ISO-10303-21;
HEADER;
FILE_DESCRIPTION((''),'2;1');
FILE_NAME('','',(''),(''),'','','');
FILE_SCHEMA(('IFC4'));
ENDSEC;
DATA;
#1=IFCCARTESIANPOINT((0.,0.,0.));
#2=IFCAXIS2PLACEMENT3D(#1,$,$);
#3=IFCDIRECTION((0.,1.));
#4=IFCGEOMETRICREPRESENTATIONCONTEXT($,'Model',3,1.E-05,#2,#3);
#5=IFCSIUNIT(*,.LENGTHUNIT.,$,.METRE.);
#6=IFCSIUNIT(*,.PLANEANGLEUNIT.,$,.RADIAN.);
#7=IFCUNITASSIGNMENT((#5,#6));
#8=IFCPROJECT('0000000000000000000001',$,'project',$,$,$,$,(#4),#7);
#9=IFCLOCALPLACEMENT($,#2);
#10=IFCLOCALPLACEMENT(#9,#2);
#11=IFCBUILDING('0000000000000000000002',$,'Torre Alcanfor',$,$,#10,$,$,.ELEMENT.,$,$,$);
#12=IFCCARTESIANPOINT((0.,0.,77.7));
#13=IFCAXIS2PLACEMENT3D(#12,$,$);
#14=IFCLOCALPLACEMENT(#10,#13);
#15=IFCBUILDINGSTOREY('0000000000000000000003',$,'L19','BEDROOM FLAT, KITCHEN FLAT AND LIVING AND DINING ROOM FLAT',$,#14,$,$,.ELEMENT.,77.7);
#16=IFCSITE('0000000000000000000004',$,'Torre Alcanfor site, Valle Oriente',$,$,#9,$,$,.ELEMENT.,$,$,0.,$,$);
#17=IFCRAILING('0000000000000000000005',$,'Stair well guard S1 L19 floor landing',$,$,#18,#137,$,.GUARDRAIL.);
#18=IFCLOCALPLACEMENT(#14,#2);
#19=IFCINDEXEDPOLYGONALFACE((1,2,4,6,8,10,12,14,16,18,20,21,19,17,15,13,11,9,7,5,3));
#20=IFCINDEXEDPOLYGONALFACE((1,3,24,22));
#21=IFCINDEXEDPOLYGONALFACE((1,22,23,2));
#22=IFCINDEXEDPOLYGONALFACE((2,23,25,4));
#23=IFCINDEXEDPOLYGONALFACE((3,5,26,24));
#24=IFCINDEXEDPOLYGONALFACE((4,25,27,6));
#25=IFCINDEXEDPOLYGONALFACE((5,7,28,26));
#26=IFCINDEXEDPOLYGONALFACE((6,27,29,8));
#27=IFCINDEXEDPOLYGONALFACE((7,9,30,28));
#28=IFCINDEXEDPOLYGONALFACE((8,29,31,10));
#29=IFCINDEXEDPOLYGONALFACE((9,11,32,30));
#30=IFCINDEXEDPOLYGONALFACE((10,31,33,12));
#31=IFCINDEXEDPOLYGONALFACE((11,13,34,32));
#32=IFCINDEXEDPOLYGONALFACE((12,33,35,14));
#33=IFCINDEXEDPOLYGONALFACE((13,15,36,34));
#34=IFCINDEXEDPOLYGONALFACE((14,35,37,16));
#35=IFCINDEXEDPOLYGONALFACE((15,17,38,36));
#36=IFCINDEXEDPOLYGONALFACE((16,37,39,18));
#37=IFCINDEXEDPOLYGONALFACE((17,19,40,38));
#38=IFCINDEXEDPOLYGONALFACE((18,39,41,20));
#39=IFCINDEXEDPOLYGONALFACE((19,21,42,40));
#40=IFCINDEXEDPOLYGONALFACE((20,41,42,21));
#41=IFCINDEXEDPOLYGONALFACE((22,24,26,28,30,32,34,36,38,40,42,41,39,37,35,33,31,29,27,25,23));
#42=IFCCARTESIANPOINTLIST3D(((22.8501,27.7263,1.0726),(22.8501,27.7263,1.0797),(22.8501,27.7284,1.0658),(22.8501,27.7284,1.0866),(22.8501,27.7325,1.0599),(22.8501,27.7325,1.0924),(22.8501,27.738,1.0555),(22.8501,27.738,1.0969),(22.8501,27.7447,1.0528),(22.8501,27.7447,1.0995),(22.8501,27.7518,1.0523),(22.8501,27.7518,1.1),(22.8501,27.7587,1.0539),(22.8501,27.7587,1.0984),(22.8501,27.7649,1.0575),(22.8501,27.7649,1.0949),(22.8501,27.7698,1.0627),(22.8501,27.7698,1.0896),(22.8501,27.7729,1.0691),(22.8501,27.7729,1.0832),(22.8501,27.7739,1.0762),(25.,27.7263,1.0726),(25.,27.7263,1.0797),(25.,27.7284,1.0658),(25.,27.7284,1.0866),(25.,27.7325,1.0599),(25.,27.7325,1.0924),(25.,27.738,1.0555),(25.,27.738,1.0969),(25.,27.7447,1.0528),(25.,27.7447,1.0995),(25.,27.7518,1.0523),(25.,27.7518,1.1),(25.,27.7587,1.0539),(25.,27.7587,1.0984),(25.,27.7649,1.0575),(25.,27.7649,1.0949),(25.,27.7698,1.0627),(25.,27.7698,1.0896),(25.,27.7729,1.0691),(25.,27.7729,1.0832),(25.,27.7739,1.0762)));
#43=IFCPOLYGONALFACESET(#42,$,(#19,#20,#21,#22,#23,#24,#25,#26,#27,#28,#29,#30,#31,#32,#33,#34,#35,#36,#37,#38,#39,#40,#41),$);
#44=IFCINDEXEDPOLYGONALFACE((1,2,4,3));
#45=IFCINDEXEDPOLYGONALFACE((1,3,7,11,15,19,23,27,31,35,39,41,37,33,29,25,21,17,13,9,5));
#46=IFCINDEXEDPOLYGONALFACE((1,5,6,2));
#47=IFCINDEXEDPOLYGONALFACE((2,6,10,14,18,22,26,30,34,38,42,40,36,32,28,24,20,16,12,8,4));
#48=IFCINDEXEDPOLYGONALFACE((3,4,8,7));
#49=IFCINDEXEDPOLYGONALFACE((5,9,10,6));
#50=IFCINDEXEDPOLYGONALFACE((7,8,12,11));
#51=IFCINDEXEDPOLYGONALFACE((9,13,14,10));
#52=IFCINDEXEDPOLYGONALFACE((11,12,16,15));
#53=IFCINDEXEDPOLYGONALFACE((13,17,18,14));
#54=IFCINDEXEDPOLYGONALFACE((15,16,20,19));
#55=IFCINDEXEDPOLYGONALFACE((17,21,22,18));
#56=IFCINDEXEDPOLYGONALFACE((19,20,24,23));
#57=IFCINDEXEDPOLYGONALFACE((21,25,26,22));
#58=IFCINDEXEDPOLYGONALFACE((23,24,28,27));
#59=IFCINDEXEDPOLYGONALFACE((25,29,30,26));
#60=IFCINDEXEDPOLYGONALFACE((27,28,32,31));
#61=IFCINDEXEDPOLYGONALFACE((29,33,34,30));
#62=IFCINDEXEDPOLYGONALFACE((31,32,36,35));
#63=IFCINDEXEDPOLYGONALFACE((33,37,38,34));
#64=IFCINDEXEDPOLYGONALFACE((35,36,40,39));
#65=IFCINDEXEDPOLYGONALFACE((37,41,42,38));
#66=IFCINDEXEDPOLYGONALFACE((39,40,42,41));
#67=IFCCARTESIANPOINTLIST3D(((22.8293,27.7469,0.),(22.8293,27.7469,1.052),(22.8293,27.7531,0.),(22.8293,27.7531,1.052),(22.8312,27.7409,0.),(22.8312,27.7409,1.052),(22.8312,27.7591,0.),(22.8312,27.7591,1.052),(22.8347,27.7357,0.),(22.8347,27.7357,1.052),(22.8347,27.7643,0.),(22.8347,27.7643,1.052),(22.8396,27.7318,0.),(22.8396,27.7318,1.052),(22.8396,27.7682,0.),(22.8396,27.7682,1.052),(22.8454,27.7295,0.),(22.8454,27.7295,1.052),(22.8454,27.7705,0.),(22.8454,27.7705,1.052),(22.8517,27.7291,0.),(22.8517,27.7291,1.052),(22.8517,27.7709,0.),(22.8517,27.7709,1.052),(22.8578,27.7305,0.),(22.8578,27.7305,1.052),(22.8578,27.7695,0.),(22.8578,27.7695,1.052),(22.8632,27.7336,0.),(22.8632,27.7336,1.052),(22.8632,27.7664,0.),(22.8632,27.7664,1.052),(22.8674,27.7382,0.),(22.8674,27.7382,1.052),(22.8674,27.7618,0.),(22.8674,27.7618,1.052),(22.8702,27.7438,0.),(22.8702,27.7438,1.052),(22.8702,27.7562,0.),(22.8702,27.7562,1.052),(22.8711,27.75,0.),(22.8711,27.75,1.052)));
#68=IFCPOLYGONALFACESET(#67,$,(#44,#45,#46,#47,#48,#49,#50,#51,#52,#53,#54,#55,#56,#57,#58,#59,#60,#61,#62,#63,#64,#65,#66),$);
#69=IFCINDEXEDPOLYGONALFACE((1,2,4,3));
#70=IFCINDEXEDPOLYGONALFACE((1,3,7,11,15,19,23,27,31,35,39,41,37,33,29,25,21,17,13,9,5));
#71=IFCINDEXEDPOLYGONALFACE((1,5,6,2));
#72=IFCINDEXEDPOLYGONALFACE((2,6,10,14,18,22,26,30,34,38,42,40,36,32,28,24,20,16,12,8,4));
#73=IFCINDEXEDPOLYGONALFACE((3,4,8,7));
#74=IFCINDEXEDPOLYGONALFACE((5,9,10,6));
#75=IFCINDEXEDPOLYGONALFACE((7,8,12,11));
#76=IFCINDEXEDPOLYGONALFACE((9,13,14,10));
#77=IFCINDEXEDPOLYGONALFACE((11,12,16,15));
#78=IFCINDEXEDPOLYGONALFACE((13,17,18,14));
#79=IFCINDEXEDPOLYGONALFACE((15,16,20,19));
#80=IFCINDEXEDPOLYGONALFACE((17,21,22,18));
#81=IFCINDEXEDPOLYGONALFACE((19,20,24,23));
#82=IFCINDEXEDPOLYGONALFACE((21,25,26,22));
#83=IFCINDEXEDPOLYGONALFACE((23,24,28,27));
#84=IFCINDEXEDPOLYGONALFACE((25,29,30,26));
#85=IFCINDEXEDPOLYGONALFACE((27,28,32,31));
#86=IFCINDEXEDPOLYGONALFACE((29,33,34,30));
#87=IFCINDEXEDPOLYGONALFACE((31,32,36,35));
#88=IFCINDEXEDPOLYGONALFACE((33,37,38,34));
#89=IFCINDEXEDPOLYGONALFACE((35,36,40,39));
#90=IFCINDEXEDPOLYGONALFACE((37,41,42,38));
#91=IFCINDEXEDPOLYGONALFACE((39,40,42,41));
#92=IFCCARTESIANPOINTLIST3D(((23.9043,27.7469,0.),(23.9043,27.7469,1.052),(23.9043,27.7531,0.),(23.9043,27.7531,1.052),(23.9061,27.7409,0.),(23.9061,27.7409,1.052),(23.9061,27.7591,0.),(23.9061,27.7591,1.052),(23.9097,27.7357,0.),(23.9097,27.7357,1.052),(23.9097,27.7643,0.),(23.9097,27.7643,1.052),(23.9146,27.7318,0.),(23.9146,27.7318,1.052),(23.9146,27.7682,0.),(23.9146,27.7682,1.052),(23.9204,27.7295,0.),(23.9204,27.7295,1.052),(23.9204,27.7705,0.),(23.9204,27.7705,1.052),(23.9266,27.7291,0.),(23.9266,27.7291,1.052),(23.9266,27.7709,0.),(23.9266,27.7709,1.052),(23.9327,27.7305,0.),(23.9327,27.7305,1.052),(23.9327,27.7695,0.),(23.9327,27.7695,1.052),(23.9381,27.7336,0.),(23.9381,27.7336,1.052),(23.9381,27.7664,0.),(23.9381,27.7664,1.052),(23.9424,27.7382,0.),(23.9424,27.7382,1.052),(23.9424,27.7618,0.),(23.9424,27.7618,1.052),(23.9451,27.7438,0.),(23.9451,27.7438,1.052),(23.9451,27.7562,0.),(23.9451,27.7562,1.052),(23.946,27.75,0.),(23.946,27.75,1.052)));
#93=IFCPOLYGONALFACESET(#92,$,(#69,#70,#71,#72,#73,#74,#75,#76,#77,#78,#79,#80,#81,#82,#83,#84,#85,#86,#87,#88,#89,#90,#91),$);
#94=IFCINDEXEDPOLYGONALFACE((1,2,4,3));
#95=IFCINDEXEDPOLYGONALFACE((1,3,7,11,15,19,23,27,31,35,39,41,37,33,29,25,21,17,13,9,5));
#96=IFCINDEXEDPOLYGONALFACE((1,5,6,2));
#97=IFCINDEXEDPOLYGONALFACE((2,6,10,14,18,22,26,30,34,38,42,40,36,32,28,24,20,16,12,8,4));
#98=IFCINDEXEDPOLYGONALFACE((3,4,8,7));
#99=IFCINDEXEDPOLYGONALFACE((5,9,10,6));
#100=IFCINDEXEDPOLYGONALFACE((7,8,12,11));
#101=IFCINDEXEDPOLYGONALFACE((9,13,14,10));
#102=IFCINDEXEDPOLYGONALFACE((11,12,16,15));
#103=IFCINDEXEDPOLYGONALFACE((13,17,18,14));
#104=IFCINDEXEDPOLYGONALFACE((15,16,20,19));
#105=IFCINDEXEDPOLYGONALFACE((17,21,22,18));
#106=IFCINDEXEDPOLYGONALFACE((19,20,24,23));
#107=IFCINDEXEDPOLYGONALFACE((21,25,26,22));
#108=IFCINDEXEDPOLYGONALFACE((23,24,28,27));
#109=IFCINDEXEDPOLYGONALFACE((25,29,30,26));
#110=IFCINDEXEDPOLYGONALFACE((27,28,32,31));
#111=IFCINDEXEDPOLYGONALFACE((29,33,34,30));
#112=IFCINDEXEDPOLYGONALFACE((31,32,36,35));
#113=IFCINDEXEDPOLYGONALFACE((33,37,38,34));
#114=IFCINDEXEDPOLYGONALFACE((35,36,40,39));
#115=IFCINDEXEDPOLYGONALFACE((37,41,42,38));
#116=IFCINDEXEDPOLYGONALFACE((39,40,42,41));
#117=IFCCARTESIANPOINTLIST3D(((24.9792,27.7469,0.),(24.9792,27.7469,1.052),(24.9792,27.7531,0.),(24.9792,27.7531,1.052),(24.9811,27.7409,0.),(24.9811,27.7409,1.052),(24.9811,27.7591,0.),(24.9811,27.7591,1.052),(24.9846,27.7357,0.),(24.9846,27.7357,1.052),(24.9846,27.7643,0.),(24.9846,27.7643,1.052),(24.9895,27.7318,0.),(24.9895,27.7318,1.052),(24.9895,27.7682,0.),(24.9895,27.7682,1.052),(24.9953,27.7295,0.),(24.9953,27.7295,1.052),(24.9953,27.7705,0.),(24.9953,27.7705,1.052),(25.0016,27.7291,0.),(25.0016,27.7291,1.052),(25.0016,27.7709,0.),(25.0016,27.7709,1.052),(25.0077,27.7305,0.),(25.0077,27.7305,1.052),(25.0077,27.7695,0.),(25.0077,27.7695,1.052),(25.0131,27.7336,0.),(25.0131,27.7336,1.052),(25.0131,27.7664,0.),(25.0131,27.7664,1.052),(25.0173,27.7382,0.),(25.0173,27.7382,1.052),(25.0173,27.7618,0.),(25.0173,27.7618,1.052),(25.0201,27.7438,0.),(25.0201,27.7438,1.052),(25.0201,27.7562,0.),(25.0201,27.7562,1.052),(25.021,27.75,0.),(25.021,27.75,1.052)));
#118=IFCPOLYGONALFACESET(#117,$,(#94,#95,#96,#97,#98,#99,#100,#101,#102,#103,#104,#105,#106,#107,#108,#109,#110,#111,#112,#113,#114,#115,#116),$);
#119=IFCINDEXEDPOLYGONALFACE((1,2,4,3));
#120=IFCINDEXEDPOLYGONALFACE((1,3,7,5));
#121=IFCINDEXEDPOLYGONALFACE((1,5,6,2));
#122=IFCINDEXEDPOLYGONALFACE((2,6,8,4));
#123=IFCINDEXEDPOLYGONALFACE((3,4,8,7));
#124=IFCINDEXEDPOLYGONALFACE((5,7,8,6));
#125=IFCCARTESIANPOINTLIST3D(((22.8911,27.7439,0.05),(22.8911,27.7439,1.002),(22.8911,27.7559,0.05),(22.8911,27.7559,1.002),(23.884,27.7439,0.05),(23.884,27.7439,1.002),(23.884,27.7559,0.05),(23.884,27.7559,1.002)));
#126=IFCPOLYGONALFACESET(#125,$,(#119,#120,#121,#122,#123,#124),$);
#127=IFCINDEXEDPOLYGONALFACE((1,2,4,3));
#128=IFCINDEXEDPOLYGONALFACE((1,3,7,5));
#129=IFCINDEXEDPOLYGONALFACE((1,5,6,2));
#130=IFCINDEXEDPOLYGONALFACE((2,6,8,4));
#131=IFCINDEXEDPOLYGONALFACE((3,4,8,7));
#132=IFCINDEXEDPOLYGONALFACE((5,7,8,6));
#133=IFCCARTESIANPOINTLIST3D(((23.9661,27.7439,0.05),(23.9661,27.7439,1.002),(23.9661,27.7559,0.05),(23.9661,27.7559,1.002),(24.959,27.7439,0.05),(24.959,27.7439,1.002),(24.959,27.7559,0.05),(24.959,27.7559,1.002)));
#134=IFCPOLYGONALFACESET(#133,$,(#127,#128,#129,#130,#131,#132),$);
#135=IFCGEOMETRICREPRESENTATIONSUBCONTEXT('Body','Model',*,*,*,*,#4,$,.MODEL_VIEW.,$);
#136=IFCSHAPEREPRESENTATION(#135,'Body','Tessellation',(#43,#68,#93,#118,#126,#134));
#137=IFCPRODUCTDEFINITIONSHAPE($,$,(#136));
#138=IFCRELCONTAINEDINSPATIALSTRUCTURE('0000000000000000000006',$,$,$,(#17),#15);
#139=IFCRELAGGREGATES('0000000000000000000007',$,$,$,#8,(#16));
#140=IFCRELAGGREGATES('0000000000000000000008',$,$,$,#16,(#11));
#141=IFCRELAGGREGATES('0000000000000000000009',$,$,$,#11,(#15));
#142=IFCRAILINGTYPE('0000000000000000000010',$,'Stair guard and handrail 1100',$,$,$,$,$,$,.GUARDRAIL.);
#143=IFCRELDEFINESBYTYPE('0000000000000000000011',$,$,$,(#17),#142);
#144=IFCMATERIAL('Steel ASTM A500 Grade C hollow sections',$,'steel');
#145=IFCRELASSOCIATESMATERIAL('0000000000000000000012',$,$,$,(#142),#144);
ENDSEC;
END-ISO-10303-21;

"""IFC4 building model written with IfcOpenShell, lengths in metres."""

from ifc_helpers import new_model, si_unit, direction, frame, origin, origin_2d, place, context, subcontext, project, spatial, polyline, circle, outline, extrude, material, type_object, element, save


model = new_model("IFC4")

# Units and contexts
model_context = context("Model", 3, precision=1e-05, world=origin(), true_north=direction((0.0, 1.0)))
body_context = subcontext(model_context, "Body", "Model", "MODEL_VIEW")
ifc_project = project(units=[si_unit("LENGTHUNIT", "METRE"), si_unit("PLANEANGLEUNIT", "RADIAN")], contexts=[model_context])

# Site, building, storey
site_placement = place(None, origin())
site = spatial("IfcSite", under=ifc_project, at=site_placement, Name="Torre Alcanfor site, Valle Oriente", CompositionType="ELEMENT", RefElevation=0.0)
building_placement = place(site_placement, origin())
building = spatial("IfcBuilding", under=site, at=building_placement, Name="Torre Alcanfor", CompositionType="ELEMENT")
storey_placement = place(building_placement, frame((0.0, 0.0, 77.7)))
storey = spatial("IfcBuildingStorey", under=building, at=storey_placement, Name="L19", Description="BEDROOM FLAT, KITCHEN FLAT AND LIVING AND DINING ROOM FLAT", CompositionType="ELEMENT", Elevation=77.7)

# Railing
ifc_material_1 = material(Name="Steel ASTM A500 Grade C hollow sections", Category="steel")
railing_type_1 = type_object("IfcRailingType", Name="Stair guard and handrail 1100", PredefinedType="GUARDRAIL", material=ifc_material_1)
railing_1_placement = place(storey_placement, frame((22.8501, 27.75, 0.0)))
element("IfcRailing", 1, at=railing_1_placement, inside=storey, type_object=railing_type_1, Name="Stair well guard S1 L19 floor landing", PredefinedType="GUARDRAIL", context=body_context, shape_type="SweptSolid", body=[
    extrude(circle(Radius=0.0239, at=origin_2d()), frame((0.0, 0.0, 1.0762), z_axis=(1.0, 0.0, 0.0), x_axis=(0.0, 1.0, 0.0)), (0.0, 0.0, 1.0), 2.1499),
    extrude(circle(Radius=0.021, at=origin_2d()), origin(), (0.0, 0.0, 1.0), 1.052),
    extrude(circle(Radius=0.021, at=origin_2d()), frame((1.075, 0.0, 0.0)), (0.0, 0.0, 1.0), 1.052),
    extrude(circle(Radius=0.021, at=origin_2d()), frame((2.1499, 0.0, 0.0)), (0.0, 0.0, 1.0), 1.052),
    extrude(outline(polyline([(0.041, 0.05), (1.0339, 0.05), (1.0339, 1.002), (0.041, 1.002), (0.041, 0.05)])), frame((0.0, 0.0059, 0.0), z_axis=(0.0, -1.0, 0.0), x_axis=(1.0, 0.0, 0.0)), (0.0, 0.0, 1.0), 0.012),
    extrude(outline(polyline([(1.116, 0.05), (2.1089, 0.05), (2.1089, 1.002), (1.116, 1.002), (1.116, 0.05)])), frame((0.0, 0.0059, 0.0), z_axis=(0.0, -1.0, 0.0), x_axis=(1.0, 0.0, 0.0)), (0.0, 0.0, 1.0), 0.012),
])

save(model, "model.ifc")
